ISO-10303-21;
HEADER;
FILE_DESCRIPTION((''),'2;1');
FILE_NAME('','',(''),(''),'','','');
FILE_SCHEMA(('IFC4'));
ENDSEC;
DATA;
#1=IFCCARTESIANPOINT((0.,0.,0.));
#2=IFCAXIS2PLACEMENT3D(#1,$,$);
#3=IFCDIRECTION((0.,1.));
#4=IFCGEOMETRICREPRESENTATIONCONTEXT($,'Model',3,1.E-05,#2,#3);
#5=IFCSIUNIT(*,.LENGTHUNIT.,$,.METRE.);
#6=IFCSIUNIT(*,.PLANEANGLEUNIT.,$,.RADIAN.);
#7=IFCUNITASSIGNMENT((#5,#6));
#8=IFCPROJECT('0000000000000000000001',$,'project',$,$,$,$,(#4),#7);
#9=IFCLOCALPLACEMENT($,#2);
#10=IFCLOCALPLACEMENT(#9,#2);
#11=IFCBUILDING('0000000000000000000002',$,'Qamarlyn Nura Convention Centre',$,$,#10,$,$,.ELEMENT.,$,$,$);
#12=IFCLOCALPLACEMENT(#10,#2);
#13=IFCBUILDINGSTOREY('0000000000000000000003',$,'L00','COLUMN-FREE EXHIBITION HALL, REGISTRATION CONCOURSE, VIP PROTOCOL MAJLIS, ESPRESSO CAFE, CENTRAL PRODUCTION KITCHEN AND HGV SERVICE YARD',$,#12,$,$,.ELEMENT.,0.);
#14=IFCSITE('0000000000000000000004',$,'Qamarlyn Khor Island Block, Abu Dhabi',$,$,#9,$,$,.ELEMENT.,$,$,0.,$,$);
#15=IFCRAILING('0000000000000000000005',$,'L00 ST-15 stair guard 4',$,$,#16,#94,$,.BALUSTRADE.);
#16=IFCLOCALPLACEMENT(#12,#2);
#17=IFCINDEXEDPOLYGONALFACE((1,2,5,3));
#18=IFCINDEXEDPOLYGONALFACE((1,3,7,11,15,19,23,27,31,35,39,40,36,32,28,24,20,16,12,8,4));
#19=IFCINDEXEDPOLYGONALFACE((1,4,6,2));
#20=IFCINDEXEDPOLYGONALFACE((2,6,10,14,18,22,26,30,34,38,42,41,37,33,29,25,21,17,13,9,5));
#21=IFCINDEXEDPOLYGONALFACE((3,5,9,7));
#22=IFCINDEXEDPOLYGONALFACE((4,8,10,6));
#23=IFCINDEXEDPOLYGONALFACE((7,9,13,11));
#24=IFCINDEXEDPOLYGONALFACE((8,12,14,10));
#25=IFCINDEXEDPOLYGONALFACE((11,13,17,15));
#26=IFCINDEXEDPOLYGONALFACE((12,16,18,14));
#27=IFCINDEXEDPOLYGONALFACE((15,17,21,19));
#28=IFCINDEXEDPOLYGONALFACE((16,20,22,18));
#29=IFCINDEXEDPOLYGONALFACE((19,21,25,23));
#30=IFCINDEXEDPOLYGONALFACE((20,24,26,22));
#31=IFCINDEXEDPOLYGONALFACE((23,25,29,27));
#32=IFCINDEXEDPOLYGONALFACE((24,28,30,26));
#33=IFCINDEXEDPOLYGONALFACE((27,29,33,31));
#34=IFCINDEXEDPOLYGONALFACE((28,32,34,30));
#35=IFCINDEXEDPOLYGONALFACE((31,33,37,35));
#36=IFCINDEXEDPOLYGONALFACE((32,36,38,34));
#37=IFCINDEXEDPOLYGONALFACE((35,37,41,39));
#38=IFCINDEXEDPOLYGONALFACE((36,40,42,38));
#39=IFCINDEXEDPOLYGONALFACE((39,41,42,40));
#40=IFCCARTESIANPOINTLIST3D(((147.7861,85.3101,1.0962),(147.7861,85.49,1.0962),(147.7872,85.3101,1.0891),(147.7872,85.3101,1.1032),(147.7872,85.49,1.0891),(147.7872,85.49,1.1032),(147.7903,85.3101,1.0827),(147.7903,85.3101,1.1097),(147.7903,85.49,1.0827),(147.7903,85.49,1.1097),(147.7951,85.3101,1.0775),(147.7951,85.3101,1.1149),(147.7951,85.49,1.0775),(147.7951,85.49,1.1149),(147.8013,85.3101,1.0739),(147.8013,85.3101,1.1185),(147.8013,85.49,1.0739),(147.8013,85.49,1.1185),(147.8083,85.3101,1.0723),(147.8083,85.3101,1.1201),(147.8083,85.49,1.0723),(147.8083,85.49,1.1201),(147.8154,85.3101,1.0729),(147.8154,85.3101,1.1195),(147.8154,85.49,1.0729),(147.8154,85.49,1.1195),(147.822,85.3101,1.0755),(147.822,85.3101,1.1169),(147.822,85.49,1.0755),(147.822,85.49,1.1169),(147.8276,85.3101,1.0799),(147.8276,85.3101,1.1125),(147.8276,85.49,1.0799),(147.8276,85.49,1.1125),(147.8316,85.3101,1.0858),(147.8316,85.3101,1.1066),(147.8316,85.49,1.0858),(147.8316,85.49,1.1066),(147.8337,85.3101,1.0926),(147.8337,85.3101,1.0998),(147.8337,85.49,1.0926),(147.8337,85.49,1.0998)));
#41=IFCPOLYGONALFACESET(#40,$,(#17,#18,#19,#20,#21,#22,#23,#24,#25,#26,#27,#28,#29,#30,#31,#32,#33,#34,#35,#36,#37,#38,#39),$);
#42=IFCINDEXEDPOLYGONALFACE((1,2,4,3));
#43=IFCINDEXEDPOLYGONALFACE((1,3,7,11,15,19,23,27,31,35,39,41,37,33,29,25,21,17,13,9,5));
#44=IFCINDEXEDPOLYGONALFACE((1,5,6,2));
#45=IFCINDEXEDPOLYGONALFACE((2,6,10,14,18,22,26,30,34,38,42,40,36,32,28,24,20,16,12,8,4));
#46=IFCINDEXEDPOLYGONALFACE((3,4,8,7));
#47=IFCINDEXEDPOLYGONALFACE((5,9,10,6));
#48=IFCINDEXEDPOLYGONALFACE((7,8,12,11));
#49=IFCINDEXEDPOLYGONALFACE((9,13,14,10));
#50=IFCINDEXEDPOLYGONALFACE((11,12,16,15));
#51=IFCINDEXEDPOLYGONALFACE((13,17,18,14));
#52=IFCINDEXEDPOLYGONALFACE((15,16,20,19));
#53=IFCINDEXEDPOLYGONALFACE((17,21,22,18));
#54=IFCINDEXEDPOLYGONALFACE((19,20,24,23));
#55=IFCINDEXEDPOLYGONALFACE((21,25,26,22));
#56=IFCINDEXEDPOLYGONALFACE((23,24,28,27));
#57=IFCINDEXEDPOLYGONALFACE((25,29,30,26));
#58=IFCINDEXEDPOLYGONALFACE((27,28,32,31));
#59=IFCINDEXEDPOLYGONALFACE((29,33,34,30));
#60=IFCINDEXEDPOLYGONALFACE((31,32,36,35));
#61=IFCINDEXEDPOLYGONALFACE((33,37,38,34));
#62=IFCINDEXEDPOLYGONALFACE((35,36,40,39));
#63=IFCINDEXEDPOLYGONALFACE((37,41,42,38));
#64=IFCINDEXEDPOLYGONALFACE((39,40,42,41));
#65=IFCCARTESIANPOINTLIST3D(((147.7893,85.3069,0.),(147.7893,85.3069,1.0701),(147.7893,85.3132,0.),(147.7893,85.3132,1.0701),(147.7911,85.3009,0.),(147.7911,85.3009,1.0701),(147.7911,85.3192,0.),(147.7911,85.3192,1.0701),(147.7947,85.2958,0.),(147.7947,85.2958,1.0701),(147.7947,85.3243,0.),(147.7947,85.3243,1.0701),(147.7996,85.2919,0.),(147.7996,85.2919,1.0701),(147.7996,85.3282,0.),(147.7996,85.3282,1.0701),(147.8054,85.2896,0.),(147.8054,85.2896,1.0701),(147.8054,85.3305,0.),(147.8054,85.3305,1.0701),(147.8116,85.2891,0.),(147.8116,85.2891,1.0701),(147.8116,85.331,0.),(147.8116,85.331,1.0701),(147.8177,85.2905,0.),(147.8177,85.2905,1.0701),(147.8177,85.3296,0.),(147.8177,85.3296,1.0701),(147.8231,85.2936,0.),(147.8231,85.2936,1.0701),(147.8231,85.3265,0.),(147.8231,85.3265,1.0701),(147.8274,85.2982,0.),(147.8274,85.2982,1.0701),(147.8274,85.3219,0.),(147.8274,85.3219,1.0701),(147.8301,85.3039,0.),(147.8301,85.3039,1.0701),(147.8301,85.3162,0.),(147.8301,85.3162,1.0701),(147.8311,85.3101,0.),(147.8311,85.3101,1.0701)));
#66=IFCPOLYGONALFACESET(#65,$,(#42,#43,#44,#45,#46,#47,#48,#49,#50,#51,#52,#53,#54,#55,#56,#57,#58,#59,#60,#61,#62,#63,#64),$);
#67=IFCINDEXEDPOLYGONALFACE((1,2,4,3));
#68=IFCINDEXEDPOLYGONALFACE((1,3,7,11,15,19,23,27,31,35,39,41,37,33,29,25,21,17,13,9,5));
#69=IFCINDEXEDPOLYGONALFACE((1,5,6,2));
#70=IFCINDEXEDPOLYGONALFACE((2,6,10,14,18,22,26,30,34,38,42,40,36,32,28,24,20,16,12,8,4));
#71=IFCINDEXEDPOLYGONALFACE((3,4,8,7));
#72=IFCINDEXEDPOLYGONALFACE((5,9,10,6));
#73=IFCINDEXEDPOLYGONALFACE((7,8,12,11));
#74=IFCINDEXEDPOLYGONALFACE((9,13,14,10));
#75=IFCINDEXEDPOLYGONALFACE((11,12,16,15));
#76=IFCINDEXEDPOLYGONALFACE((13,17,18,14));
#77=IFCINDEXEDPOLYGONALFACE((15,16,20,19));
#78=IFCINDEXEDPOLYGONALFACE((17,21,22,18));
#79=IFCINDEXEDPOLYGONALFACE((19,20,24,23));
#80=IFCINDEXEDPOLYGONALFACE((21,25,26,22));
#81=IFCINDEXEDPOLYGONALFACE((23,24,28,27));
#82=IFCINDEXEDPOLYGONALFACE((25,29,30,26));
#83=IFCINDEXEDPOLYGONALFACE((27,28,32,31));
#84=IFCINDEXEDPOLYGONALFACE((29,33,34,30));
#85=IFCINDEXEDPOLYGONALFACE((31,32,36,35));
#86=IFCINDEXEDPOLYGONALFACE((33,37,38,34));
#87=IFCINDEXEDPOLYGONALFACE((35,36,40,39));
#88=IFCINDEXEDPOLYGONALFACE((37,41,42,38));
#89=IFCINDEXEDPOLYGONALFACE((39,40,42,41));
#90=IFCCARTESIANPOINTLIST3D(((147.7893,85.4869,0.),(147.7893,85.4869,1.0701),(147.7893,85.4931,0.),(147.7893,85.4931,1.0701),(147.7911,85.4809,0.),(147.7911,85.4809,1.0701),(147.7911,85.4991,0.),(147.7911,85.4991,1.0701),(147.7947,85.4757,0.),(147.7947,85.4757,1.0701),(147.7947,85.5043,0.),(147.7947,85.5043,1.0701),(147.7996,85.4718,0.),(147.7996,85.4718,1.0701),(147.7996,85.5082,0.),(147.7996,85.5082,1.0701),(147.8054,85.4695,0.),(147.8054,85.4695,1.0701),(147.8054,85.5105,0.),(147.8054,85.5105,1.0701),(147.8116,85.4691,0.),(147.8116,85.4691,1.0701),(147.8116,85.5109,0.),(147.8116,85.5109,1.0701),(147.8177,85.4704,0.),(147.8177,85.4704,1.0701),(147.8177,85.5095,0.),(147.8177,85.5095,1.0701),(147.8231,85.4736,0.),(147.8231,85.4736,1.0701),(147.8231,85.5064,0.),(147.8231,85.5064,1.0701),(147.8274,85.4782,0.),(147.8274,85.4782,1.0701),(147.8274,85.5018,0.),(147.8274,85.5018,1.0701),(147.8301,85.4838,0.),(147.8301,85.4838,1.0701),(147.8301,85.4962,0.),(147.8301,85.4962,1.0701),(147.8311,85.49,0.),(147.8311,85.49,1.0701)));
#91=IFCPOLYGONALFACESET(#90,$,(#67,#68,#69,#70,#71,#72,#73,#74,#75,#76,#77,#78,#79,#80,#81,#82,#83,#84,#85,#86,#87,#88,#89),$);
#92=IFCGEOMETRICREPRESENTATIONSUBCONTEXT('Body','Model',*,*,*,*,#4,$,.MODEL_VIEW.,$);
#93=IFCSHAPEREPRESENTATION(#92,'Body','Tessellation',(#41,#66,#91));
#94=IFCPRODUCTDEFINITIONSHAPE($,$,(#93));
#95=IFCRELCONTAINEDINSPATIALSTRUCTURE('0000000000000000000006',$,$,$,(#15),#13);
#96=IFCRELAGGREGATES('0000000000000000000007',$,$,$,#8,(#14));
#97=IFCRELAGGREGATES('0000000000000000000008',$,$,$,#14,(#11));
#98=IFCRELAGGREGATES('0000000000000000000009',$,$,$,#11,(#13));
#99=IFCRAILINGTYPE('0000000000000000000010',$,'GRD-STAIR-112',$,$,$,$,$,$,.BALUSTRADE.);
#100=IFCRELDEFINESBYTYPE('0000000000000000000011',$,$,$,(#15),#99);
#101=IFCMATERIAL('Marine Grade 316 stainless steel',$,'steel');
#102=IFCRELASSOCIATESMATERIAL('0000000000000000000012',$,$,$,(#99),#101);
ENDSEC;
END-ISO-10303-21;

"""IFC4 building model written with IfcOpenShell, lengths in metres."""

from ifc_helpers import new_model, si_unit, direction, frame, origin, origin_2d, place, context, subcontext, project, spatial, circle, extrude, material, type_object, element, save


model = new_model("IFC4")

# Units and contexts
model_context = context("Model", 3, precision=1e-05, world=origin(), true_north=direction((0.0, 1.0)))
body_context = subcontext(model_context, "Body", "Model", "MODEL_VIEW")
ifc_project = project(units=[si_unit("LENGTHUNIT", "METRE"), si_unit("PLANEANGLEUNIT", "RADIAN")], contexts=[model_context])

# Site, building, storey
site_placement = place(None, origin())
site = spatial("IfcSite", under=ifc_project, at=site_placement, Name="Qamarlyn Khor Island Block, Abu Dhabi", CompositionType="ELEMENT", RefElevation=0.0)
building_placement = place(site_placement, origin())
building = spatial("IfcBuilding", under=site, at=building_placement, Name="Qamarlyn Nura Convention Centre", CompositionType="ELEMENT")
storey_placement = place(building_placement, origin())
storey = spatial("IfcBuildingStorey", under=building, at=storey_placement, Name="L00", Description="COLUMN-FREE EXHIBITION HALL, REGISTRATION CONCOURSE, VIP PROTOCOL MAJLIS, ESPRESSO CAFE, CENTRAL PRODUCTION KITCHEN AND HGV SERVICE YARD", CompositionType="ELEMENT", Elevation=0.0)

# Railing
ifc_material_1 = material(Name="Marine Grade 316 stainless steel", Category="steel")
railing_type_1 = type_object("IfcRailingType", Name="GRD-STAIR-112", PredefinedType="BALUSTRADE", material=ifc_material_1)
railing_1_placement = place(storey_placement, frame((147.8101, 85.3101, 0.0)))
element("IfcRailing", 1, at=railing_1_placement, inside=storey, type_object=railing_type_1, Name="L00 ST-15 stair guard 4", PredefinedType="BALUSTRADE", context=body_context, shape_type="SweptSolid", body=[
    extrude(circle(Radius=0.0239, at=origin_2d()), frame((0.0, 0.0, 1.0962), z_axis=(0.0, 1.0, 0.0), x_axis=(-1.0, 0.0, 0.0)), (0.0, 0.0, 1.0), 0.1799),
    extrude(circle(Radius=0.021, at=origin_2d()), origin(), (0.0, 0.0, 1.0), 1.0701),
    extrude(circle(Radius=0.021, at=origin_2d()), frame((0.0, 0.1799, 0.0)), (0.0, 0.0, 1.0), 1.0701),
])

save(model, "model.ifc")
